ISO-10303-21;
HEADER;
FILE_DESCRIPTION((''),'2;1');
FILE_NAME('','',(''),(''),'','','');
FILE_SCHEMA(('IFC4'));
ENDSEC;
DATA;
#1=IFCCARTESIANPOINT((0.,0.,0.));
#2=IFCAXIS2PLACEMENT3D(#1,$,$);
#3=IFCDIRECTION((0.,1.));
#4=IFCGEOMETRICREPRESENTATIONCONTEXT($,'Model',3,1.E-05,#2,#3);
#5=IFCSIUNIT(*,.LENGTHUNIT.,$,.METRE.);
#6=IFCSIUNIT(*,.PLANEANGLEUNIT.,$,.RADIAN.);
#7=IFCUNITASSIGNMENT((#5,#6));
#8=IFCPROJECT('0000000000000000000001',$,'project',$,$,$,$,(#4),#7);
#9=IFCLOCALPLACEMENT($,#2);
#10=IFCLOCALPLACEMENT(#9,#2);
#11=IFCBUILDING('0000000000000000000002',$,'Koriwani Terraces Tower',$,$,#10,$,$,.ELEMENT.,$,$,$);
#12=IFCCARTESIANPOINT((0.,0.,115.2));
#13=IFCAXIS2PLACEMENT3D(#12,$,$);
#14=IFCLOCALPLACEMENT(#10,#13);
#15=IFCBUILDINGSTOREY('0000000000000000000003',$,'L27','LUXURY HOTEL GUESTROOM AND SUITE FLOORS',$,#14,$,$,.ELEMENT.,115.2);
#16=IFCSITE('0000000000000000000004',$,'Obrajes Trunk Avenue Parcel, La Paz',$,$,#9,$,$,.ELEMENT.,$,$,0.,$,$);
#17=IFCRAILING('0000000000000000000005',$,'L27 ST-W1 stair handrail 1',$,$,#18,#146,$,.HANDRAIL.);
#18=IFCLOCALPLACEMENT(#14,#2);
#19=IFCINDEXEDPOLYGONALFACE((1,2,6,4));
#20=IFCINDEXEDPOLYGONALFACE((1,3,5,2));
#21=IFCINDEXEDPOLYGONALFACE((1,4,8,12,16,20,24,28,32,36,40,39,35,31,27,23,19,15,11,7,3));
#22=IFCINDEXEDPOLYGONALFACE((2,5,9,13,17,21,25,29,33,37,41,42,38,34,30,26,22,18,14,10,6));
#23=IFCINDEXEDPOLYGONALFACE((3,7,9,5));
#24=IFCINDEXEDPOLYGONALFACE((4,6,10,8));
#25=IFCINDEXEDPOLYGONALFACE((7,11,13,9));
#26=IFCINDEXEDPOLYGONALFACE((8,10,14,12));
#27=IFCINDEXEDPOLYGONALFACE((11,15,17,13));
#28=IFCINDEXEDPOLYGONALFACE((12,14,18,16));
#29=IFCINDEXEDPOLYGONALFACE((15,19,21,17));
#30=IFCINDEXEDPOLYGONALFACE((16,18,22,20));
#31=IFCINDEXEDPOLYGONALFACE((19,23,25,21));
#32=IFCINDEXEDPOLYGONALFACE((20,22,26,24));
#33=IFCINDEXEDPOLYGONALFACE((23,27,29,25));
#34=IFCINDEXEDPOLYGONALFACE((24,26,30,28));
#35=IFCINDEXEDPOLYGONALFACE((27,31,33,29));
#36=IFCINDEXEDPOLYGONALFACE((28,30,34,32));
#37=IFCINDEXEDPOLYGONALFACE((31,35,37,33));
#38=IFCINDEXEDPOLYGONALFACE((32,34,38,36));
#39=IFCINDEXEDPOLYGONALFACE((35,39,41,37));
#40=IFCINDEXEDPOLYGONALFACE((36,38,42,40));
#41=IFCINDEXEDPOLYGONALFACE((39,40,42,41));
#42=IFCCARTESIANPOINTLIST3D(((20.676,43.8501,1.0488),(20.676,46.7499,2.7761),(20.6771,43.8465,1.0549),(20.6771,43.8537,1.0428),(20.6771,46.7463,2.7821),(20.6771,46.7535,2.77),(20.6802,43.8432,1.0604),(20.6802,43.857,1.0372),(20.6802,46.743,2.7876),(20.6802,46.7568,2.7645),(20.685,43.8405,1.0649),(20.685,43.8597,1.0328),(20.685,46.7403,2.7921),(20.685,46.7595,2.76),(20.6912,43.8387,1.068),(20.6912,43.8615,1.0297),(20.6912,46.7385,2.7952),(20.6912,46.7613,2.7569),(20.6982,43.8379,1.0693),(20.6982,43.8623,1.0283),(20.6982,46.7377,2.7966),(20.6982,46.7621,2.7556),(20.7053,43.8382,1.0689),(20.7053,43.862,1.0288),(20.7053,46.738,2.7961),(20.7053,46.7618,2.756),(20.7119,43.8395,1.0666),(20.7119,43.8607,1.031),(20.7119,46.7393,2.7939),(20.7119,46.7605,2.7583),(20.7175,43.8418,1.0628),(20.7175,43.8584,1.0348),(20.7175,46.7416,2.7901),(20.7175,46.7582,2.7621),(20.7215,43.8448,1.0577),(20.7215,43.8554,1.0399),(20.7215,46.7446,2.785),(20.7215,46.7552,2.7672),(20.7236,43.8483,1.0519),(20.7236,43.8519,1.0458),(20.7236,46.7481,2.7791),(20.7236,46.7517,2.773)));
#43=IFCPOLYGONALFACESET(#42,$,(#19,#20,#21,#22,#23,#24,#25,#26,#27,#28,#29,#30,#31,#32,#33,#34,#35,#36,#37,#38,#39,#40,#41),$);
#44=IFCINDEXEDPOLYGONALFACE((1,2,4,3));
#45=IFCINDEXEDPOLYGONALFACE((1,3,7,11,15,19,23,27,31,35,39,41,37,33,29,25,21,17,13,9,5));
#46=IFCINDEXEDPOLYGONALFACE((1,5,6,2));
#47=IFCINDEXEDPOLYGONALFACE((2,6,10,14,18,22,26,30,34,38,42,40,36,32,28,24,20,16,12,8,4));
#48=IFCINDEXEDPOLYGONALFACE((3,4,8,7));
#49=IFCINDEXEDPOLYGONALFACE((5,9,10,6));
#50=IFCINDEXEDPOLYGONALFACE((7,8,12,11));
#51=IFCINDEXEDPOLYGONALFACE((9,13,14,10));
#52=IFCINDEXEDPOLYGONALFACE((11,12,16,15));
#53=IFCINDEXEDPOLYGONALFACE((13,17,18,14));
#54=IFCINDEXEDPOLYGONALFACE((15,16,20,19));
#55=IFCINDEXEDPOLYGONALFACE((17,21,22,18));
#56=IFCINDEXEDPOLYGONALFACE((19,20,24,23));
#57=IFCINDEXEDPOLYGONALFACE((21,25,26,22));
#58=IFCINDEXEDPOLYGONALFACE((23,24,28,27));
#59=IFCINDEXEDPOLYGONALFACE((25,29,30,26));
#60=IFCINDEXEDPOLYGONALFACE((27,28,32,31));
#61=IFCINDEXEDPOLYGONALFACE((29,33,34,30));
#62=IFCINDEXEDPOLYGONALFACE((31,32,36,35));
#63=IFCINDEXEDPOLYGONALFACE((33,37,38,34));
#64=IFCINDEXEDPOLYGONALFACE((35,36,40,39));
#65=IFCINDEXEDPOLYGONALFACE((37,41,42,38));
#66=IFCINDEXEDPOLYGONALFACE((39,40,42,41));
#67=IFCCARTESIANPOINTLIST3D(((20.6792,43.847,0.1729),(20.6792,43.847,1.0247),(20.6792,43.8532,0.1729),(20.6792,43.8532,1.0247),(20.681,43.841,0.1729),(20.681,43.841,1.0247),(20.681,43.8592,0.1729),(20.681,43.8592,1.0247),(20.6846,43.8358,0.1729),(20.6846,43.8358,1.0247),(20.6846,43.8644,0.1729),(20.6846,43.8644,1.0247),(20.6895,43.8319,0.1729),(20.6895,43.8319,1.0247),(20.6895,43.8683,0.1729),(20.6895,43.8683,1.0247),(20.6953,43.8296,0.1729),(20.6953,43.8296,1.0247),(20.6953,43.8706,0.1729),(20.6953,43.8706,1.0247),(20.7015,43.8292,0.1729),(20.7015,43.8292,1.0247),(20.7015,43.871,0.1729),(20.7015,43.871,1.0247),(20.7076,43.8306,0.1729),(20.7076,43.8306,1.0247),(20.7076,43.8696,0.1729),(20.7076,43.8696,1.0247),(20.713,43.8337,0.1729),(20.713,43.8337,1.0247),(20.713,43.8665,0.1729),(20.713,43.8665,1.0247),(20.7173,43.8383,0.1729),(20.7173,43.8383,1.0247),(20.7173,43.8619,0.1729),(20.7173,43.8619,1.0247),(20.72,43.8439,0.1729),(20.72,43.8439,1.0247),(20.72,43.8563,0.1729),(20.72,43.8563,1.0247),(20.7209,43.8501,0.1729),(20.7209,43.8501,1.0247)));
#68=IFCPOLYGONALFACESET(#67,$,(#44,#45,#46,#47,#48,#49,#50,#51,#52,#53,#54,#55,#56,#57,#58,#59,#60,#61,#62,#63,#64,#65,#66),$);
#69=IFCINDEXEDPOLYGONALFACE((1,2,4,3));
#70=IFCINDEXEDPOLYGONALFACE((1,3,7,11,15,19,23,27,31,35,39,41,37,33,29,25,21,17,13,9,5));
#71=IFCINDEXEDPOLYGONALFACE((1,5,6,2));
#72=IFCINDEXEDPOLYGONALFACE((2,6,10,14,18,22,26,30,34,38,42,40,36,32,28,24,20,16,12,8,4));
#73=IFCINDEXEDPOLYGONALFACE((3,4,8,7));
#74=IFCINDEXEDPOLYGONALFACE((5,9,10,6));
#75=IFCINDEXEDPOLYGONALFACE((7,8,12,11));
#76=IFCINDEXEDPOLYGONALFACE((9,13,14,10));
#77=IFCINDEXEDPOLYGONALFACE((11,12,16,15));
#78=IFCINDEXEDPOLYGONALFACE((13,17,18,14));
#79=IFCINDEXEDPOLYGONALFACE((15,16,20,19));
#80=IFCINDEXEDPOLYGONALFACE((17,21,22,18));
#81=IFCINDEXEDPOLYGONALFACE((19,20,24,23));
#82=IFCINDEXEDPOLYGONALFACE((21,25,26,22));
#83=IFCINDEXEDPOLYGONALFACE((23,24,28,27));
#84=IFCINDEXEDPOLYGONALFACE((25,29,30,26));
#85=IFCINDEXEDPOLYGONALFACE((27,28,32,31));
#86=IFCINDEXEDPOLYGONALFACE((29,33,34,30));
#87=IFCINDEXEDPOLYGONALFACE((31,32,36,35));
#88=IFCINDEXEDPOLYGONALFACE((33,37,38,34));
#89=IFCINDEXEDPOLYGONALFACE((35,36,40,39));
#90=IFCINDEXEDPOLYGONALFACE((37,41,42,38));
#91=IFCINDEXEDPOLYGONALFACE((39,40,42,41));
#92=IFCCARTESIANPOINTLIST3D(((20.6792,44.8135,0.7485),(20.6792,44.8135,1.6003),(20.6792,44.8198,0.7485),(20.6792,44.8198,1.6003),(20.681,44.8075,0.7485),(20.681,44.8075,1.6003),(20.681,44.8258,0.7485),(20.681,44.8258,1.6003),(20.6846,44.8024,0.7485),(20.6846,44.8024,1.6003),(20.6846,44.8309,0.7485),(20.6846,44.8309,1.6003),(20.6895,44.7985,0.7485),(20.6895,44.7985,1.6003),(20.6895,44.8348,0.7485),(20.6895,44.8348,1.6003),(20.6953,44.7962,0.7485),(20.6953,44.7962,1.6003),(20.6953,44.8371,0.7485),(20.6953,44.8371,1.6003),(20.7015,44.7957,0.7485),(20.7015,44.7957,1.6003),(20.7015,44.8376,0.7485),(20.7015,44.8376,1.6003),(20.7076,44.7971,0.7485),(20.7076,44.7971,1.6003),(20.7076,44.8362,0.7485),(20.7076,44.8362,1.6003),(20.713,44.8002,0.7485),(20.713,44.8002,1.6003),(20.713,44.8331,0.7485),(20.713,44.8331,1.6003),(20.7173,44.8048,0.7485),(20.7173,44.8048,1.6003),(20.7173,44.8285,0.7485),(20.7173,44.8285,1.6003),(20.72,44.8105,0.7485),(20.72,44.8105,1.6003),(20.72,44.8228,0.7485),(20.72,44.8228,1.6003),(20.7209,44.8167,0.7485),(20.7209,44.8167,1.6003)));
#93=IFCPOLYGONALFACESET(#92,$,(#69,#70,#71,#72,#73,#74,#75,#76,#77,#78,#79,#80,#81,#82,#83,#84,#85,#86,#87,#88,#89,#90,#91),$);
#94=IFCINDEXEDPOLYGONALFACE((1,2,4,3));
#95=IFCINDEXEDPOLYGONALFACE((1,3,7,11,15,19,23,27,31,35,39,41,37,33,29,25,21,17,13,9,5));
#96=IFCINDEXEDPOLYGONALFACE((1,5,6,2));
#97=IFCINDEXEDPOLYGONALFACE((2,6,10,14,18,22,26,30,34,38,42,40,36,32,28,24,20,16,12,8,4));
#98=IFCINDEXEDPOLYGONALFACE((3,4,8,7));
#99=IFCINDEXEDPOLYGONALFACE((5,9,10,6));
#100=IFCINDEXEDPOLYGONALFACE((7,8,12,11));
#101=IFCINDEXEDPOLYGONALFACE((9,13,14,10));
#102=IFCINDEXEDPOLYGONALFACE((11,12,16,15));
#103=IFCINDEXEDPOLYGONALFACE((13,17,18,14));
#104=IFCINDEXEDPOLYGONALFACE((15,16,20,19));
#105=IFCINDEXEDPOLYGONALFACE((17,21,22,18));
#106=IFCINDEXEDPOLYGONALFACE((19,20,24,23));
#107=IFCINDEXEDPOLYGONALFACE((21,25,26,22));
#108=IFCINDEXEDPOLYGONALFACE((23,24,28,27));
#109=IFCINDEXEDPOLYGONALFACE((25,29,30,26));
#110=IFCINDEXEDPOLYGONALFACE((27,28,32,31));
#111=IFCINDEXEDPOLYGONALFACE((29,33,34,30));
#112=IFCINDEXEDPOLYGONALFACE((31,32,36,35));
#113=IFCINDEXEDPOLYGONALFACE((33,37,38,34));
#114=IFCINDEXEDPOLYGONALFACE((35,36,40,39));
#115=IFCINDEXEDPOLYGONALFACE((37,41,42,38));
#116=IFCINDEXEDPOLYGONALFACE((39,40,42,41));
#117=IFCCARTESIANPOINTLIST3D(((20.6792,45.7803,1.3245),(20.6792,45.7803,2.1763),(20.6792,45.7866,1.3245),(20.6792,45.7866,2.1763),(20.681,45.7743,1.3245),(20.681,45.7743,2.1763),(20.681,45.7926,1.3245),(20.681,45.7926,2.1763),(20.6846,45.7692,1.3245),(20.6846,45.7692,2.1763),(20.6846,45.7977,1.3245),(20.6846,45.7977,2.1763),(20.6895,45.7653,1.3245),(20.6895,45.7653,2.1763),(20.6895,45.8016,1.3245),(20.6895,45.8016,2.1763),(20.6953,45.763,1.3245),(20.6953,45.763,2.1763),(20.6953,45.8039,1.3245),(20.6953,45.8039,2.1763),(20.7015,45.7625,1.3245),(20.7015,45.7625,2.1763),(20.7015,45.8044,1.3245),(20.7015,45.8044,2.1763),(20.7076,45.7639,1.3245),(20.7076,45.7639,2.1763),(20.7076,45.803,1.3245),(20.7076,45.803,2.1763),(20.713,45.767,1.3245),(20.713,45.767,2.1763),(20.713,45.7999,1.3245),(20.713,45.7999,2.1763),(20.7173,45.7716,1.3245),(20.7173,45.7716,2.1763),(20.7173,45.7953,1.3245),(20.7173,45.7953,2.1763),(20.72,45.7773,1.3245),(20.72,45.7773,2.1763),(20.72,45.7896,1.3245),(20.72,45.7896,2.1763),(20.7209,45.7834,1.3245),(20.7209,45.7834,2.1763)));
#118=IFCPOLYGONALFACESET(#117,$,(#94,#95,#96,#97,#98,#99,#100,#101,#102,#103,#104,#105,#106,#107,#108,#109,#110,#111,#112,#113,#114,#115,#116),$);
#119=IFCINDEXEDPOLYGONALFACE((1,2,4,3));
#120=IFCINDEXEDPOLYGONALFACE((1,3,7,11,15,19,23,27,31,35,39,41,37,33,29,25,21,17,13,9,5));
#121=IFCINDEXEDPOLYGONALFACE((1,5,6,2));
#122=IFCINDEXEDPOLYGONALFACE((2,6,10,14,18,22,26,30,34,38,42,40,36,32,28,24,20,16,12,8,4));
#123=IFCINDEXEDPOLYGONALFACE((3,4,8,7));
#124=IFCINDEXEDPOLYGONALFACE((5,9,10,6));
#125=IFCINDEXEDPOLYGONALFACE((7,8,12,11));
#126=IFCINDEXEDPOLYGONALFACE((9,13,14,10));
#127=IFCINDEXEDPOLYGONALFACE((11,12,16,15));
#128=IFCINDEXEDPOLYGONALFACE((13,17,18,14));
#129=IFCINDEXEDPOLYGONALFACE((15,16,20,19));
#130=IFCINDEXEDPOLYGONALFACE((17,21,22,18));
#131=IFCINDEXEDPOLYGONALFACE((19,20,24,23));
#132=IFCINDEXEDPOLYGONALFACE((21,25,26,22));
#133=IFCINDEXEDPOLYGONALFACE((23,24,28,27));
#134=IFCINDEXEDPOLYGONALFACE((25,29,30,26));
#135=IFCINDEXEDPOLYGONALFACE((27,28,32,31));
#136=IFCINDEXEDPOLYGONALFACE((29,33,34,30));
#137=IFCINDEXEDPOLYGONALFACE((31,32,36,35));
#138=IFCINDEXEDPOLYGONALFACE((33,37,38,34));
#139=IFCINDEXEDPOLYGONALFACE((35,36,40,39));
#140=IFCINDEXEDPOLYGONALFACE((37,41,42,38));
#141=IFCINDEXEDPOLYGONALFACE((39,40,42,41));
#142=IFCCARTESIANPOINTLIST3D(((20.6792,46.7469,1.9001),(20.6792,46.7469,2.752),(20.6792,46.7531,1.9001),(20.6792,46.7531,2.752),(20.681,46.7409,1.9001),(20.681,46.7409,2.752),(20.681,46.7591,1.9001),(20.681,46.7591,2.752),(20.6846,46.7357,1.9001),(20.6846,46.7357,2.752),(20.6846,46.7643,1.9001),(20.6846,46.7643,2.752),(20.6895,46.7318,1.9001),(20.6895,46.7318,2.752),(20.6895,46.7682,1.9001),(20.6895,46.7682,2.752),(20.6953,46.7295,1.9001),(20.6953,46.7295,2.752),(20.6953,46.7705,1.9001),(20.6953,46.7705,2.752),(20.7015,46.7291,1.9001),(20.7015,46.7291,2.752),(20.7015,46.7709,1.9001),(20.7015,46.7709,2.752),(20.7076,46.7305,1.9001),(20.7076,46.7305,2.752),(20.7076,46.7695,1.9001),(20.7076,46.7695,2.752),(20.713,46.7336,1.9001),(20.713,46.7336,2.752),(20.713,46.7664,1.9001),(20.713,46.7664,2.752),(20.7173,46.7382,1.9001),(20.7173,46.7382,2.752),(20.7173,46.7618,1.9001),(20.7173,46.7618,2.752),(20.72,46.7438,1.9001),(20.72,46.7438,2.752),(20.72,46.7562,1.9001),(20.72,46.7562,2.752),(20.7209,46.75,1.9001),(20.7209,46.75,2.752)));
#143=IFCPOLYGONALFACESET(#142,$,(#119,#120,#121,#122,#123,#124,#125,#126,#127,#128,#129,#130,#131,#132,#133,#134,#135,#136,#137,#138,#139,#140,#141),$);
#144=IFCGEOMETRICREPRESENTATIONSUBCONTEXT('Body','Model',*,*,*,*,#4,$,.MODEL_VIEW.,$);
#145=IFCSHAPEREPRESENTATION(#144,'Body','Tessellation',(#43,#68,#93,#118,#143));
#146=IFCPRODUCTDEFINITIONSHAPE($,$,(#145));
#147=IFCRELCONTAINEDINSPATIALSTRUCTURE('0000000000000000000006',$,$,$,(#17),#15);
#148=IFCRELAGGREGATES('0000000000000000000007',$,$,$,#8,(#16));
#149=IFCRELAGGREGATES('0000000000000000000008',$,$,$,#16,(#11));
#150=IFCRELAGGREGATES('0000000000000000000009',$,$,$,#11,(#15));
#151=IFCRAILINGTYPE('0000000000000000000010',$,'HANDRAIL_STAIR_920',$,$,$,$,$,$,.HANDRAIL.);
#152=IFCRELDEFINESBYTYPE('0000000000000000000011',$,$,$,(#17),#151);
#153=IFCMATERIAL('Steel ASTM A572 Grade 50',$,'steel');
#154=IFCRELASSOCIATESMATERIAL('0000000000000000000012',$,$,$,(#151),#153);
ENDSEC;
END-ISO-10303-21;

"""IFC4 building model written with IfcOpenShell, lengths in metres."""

from ifc_helpers import new_model, si_unit, direction, frame, origin, origin_2d, place, context, subcontext, project, spatial, circle, extrude, material, type_object, element, save


model = new_model("IFC4")

# Units and contexts
model_context = context("Model", 3, precision=1e-05, world=origin(), true_north=direction((0.0, 1.0)))
body_context = subcontext(model_context, "Body", "Model", "MODEL_VIEW")
ifc_project = project(units=[si_unit("LENGTHUNIT", "METRE"), si_unit("PLANEANGLEUNIT", "RADIAN")], contexts=[model_context])

# Site, building, storey
site_placement = place(None, origin())
site = spatial("IfcSite", under=ifc_project, at=site_placement, Name="Obrajes Trunk Avenue Parcel, La Paz", CompositionType="ELEMENT", RefElevation=0.0)
building_placement = place(site_placement, origin())
building = spatial("IfcBuilding", under=site, at=building_placement, Name="Koriwani Terraces Tower", CompositionType="ELEMENT")
storey_placement = place(building_placement, frame((0.0, 0.0, 115.2)))
storey = spatial("IfcBuildingStorey", under=building, at=storey_placement, Name="L27", Description="LUXURY HOTEL GUESTROOM AND SUITE FLOORS", CompositionType="ELEMENT", Elevation=115.2)

# Shared definitions
ifc_material_1 = material(Name="Steel ASTM A572 Grade 50", Category="steel")

# Railing
railing_type_1 = type_object("IfcRailingType", Name="HANDRAIL_STAIR_920", PredefinedType="HANDRAIL", material=ifc_material_1)
railing_1_placement = place(storey_placement, frame((20.7, 43.8501, 0.1729)))
element("IfcRailing", 1, at=railing_1_placement, inside=storey, type_object=railing_type_1, Name="L27 ST-W1 stair handrail 1", PredefinedType="HANDRAIL", context=body_context, shape_type="SweptSolid", body=[
    extrude(circle(Radius=0.0239, at=origin_2d()), frame((0.0, 0.0, 0.876), z_axis=(0.0, 0.859141, 0.511738), x_axis=(-1.0, 0.0, 0.0)), (0.0, 0.0, 1.0), 3.3752),
    extrude(circle(Radius=0.021, at=origin_2d()), origin(), (0.0, 0.0, 1.0), 0.8518),
    extrude(circle(Radius=0.021, at=origin_2d()), frame((0.0, 0.9666, 0.5757)), (0.0, 0.0, 1.0), 0.8518),
    extrude(circle(Radius=0.021, at=origin_2d()), frame((0.0, 1.9333, 1.1516)), (0.0, 0.0, 1.0), 0.8518),
    extrude(circle(Radius=0.021, at=origin_2d()), frame((0.0, 2.8999, 1.7273)), (0.0, 0.0, 1.0), 0.8518),
])

save(model, "model.ifc")
